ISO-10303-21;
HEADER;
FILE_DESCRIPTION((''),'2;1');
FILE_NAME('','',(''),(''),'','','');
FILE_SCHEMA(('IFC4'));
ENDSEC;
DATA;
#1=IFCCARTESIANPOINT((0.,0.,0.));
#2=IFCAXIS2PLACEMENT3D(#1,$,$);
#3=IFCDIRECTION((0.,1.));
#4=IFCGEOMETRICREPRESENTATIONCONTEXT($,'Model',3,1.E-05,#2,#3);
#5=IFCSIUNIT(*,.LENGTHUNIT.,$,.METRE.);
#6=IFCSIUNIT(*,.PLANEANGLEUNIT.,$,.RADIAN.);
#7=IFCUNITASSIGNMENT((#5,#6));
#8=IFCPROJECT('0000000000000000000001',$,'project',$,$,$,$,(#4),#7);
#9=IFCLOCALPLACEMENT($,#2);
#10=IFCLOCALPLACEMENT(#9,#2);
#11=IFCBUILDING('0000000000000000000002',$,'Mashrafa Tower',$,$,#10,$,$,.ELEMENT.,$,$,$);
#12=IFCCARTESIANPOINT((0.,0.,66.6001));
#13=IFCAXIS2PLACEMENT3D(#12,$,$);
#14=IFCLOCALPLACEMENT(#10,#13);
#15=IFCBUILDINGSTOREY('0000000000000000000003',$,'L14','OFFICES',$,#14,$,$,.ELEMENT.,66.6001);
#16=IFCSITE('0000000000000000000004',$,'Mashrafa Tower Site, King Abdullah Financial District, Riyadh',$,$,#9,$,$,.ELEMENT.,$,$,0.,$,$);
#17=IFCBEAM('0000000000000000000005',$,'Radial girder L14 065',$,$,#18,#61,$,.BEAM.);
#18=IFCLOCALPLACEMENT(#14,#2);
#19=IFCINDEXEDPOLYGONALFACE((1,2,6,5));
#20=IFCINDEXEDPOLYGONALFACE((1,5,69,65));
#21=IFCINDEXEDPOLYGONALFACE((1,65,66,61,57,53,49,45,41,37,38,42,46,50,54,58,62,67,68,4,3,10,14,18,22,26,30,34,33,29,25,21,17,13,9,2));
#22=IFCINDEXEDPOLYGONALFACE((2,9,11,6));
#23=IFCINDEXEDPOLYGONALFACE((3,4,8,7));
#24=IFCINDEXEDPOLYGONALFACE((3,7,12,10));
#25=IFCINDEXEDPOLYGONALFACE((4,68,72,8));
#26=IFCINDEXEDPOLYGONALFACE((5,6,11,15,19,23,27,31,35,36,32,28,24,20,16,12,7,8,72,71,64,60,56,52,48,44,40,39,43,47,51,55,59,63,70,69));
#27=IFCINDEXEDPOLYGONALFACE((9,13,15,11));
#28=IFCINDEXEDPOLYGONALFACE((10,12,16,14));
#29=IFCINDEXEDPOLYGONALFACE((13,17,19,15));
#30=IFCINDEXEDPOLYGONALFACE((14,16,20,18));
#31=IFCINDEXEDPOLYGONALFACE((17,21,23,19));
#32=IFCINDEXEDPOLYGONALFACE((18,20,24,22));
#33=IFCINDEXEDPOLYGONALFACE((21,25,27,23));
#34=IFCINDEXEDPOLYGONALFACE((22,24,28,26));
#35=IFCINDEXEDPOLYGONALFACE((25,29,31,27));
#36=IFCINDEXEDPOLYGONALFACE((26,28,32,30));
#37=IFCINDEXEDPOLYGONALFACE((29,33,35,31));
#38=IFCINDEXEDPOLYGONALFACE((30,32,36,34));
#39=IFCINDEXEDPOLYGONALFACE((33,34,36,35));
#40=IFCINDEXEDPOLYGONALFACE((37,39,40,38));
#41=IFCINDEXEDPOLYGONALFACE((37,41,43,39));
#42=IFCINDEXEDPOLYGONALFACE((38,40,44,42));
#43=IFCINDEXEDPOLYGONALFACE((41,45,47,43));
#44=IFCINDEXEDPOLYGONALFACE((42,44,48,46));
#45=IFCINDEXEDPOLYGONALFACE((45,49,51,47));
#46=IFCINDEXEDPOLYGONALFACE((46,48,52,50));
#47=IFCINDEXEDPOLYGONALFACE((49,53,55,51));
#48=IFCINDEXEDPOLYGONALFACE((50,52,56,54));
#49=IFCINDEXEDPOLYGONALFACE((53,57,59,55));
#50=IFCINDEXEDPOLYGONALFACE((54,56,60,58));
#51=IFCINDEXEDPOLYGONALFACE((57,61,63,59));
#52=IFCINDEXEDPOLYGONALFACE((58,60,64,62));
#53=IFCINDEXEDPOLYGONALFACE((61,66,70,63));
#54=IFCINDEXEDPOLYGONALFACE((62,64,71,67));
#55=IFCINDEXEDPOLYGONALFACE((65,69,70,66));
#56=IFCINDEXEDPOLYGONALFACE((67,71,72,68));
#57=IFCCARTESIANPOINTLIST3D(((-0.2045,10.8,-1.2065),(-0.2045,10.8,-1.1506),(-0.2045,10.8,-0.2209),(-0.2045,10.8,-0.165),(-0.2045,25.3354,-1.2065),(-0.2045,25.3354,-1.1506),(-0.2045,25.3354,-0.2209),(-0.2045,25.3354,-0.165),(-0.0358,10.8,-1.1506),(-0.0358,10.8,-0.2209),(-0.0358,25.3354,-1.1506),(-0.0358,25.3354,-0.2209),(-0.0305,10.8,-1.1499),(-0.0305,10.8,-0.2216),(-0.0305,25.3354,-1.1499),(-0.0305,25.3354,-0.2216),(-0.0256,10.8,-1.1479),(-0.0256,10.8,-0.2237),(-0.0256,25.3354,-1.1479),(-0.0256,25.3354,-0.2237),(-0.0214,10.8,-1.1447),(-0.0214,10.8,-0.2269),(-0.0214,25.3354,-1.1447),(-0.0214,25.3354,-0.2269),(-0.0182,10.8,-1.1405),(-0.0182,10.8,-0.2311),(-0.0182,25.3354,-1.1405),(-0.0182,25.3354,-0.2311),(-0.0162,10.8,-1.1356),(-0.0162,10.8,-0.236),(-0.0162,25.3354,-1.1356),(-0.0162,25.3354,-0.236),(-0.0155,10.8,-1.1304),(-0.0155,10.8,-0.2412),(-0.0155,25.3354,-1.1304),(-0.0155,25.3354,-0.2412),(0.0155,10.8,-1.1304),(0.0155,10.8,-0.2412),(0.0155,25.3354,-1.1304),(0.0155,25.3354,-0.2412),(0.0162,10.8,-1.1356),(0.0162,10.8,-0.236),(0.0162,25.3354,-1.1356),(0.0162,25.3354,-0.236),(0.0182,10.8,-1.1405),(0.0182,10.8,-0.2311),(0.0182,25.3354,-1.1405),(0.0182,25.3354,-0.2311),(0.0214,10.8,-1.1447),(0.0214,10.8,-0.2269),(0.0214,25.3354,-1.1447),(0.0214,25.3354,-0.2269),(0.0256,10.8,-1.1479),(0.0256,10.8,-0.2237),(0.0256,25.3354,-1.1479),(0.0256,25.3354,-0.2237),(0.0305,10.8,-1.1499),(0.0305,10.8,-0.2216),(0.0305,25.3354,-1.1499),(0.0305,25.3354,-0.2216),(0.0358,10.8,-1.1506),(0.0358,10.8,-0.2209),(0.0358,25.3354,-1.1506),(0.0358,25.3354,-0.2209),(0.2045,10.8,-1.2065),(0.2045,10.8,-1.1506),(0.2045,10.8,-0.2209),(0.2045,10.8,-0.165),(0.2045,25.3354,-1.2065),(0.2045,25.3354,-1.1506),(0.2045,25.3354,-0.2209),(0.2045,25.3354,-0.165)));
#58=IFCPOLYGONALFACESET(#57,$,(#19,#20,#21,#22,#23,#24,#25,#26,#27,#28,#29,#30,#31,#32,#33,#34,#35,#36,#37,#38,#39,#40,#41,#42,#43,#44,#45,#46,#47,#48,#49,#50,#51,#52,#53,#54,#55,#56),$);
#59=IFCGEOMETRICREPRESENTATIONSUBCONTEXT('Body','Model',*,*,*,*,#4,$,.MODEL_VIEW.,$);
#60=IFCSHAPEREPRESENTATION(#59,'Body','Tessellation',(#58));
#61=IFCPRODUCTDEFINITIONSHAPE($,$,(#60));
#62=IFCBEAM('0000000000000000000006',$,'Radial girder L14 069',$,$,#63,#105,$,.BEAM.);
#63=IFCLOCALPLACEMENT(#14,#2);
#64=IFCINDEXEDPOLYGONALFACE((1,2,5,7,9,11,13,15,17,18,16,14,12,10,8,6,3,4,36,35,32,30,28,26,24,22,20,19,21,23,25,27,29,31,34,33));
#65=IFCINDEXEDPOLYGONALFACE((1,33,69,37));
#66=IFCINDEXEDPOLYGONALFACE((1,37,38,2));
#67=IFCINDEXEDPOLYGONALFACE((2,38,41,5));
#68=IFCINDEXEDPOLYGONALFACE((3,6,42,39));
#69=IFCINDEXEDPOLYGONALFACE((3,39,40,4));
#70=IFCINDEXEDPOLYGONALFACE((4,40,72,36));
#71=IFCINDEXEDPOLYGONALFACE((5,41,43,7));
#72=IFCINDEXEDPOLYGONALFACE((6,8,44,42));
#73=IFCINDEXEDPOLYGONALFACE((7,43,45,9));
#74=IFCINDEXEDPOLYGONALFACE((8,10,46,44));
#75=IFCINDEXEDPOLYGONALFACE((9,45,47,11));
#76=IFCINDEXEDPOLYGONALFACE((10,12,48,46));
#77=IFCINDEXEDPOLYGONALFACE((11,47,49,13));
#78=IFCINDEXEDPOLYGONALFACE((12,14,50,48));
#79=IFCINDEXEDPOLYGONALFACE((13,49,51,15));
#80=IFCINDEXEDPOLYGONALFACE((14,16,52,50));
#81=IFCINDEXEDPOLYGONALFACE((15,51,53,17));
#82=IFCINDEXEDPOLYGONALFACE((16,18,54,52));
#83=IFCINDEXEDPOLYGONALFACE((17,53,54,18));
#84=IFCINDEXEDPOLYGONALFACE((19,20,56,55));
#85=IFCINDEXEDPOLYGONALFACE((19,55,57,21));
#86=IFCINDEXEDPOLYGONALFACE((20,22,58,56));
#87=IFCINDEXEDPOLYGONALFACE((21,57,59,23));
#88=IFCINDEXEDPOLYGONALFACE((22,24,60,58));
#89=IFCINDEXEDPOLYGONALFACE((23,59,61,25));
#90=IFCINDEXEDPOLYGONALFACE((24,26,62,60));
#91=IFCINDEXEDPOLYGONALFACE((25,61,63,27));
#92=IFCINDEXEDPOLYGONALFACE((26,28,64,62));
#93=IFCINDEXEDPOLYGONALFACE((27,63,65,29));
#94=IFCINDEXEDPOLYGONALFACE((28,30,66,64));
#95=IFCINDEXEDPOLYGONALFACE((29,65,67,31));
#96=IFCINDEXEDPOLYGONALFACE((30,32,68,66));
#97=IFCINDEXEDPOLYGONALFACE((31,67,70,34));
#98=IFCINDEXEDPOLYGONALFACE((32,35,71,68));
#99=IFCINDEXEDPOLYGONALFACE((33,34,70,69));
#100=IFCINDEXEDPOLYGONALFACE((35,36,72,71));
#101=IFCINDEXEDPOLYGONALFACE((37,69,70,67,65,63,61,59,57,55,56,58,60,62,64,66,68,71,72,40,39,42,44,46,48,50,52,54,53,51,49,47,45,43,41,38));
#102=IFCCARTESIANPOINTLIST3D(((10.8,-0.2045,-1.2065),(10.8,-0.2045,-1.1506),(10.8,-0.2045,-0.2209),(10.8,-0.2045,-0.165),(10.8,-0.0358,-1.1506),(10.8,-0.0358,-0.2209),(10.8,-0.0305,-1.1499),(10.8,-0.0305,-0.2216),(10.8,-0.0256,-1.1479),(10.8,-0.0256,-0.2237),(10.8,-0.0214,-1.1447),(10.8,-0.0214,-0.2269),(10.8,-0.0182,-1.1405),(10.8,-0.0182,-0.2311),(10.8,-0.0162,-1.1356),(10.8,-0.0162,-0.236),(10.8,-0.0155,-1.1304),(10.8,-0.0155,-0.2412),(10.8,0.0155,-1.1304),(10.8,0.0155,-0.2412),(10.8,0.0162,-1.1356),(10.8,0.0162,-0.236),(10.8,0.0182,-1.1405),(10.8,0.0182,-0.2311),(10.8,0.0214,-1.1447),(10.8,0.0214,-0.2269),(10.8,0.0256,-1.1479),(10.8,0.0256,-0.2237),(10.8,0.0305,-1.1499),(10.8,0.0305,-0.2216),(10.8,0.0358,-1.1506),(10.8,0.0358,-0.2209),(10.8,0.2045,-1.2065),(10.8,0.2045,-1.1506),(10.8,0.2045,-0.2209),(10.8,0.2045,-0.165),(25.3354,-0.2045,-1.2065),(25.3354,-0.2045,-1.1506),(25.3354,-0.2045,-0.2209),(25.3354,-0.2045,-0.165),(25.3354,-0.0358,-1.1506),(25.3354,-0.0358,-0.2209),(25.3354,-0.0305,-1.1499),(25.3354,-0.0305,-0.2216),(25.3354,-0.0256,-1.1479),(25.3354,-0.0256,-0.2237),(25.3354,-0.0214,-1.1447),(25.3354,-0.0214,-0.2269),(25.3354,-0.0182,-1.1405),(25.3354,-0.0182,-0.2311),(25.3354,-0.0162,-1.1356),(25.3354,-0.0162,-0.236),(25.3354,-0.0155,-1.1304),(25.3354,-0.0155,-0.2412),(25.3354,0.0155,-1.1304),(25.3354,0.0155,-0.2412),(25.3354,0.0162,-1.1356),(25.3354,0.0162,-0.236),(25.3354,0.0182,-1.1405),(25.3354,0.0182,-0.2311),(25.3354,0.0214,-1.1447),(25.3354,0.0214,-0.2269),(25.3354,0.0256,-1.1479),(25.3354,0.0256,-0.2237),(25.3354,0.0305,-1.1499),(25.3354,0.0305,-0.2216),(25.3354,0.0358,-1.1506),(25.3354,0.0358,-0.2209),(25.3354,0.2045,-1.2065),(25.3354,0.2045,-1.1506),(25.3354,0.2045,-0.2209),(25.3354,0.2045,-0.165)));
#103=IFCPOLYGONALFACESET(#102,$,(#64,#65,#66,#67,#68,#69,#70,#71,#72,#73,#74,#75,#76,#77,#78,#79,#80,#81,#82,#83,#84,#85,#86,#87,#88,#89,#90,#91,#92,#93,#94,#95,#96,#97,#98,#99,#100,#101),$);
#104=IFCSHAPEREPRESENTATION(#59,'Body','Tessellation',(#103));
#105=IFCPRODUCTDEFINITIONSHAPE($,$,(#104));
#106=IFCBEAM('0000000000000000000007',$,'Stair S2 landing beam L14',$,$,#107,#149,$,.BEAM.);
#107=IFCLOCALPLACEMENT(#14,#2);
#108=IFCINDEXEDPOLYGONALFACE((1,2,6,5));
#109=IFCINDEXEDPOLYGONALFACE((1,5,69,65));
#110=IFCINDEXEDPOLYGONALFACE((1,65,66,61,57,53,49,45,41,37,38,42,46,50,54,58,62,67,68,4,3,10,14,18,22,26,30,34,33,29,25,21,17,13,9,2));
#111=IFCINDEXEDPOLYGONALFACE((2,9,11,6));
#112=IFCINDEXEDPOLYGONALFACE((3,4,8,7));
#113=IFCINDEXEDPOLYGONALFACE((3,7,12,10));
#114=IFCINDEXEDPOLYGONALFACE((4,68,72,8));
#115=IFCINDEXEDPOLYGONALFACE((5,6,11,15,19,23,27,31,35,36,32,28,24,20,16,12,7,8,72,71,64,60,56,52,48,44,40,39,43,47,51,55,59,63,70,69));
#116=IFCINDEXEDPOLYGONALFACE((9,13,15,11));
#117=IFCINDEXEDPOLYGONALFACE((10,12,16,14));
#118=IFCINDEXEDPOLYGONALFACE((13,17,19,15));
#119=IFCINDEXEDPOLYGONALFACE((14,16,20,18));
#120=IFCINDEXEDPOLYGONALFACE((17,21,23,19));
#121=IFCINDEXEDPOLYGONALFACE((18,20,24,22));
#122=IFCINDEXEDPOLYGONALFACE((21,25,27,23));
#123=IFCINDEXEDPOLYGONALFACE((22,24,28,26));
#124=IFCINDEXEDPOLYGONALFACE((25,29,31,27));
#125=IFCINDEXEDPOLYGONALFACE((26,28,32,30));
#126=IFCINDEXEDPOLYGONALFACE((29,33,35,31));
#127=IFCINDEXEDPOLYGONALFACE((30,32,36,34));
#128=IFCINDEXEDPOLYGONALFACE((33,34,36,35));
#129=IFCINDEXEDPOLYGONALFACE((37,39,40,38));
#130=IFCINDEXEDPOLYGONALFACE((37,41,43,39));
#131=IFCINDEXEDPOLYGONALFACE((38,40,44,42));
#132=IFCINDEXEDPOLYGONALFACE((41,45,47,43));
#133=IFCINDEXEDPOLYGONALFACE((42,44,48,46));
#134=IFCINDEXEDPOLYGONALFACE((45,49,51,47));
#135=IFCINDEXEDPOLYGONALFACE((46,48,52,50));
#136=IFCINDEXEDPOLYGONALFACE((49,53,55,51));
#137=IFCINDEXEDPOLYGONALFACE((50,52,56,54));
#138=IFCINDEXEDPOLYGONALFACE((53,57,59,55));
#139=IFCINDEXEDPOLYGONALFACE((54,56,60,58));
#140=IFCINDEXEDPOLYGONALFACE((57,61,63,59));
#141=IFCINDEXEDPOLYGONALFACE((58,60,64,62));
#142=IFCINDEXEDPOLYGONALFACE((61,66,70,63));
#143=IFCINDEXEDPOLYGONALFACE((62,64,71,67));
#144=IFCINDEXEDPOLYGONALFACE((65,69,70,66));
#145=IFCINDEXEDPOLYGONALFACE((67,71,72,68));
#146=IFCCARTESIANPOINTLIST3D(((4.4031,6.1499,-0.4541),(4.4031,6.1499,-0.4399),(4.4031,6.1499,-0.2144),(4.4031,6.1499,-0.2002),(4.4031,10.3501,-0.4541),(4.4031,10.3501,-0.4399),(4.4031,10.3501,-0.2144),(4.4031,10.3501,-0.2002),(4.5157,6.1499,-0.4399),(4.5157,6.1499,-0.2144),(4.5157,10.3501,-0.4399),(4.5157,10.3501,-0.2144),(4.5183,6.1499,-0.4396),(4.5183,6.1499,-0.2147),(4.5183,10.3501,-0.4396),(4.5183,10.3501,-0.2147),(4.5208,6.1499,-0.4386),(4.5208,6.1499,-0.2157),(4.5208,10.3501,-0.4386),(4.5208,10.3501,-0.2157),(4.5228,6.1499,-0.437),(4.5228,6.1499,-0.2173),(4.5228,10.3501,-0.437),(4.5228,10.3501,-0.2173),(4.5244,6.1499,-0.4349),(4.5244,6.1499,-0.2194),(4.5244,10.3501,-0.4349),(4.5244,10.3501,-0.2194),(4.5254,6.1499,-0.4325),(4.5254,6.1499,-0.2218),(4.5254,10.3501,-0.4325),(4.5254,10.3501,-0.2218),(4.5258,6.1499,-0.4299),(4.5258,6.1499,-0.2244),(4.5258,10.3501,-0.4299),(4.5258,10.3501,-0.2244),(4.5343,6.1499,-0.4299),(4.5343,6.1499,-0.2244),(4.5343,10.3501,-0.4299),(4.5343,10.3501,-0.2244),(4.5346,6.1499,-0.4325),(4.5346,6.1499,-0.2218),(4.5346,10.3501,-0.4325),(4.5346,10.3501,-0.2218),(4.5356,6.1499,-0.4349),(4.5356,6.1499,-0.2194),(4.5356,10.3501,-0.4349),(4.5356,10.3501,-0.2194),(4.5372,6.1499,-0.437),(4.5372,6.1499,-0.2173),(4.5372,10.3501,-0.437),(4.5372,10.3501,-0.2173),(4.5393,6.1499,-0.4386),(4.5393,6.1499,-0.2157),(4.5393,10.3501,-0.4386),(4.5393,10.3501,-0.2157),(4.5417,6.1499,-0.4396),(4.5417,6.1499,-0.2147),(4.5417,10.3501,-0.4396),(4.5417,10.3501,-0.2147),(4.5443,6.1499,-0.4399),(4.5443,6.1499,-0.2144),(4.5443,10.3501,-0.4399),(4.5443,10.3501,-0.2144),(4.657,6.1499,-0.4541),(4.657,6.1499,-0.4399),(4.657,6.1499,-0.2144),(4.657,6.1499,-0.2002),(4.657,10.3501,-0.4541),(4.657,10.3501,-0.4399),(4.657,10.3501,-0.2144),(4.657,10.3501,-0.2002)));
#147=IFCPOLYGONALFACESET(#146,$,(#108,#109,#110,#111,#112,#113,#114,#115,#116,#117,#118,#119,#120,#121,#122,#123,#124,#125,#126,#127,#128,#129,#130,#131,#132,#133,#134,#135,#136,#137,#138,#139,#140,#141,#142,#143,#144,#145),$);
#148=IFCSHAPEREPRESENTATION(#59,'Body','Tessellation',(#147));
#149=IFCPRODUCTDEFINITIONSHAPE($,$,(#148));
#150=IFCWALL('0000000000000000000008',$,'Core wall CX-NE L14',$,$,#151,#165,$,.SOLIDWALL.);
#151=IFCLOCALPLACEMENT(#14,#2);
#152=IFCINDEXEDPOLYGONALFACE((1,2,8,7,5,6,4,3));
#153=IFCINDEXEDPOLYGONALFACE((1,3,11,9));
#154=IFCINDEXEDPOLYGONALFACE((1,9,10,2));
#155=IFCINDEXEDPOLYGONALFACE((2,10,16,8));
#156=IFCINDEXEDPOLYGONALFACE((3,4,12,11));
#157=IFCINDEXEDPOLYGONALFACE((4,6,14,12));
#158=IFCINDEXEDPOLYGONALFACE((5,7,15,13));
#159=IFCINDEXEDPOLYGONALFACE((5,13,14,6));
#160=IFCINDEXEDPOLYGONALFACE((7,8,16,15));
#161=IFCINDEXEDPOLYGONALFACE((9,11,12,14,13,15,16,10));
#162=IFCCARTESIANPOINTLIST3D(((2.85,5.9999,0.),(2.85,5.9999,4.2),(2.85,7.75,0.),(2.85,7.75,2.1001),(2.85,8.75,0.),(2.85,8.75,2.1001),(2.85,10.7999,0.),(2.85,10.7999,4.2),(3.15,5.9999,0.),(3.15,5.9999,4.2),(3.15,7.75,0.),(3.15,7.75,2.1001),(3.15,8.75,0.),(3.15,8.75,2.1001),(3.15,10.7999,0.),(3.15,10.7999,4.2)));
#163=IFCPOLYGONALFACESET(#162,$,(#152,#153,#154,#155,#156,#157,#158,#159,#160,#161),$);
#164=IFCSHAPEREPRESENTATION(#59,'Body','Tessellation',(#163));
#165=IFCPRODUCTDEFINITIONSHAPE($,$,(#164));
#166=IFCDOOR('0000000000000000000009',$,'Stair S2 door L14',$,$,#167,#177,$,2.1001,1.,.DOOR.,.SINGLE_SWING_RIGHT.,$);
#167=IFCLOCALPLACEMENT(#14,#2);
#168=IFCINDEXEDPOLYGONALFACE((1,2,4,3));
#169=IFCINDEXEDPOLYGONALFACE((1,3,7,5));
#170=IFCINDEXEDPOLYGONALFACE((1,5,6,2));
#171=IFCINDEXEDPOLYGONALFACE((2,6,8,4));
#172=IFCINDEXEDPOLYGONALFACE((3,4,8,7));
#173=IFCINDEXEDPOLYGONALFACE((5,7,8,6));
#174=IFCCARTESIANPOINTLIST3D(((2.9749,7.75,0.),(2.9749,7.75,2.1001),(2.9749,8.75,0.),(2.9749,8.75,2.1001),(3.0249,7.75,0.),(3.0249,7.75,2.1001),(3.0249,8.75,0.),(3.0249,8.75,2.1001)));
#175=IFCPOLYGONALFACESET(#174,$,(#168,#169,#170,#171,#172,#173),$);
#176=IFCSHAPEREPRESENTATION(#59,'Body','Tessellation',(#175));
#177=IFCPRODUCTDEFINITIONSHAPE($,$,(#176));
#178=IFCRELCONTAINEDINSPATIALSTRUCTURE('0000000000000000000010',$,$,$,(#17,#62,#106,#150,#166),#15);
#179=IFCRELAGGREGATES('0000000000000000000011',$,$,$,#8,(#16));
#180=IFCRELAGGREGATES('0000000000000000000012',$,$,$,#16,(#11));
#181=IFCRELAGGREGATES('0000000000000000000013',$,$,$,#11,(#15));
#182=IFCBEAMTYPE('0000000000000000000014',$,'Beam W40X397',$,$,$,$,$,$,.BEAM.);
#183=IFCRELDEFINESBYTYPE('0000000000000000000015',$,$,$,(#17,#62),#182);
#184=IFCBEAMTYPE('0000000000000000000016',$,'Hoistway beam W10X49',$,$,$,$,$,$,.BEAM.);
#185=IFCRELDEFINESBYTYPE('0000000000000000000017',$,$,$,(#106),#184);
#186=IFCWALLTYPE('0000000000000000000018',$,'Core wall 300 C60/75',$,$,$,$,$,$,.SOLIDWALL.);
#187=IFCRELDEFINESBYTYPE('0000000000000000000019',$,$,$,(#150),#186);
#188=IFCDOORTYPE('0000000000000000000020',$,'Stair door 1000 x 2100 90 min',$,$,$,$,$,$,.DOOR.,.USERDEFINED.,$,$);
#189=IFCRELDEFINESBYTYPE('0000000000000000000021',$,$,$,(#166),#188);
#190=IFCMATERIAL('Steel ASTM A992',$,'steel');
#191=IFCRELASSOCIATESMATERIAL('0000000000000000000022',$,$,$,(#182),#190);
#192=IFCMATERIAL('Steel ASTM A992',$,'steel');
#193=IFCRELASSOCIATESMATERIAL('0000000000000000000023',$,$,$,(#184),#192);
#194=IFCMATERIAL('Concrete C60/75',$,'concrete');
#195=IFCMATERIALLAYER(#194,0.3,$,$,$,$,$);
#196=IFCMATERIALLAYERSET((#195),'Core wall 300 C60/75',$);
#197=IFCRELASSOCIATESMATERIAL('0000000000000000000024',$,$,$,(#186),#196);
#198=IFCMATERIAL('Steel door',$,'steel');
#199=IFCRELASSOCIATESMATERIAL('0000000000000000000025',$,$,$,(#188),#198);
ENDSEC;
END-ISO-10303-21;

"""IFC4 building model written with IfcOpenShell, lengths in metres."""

from ifc_helpers import new_model, si_unit, direction, frame, frame_2d, origin, origin_2d, place, context, subcontext, project, spatial, rectangle, i_section, extrude, material, layer, layer_set, material_profile, profile_set, type_object, element, fill, save


model = new_model("IFC4")

# Units and contexts
model_context = context("Model", 3, precision=1e-05, world=origin(), true_north=direction((0.0, 1.0)))
body_context = subcontext(model_context, "Body", "Model", "MODEL_VIEW")
ifc_project = project(units=[si_unit("LENGTHUNIT", "METRE"), si_unit("PLANEANGLEUNIT", "RADIAN")], contexts=[model_context])

# Site, building, storey
site_placement = place(None, origin())
site = spatial("IfcSite", under=ifc_project, at=site_placement, Name="Mashrafa Tower Site, King Abdullah Financial District, Riyadh", CompositionType="ELEMENT", RefElevation=0.0)
building_placement = place(site_placement, origin())
building = spatial("IfcBuilding", under=site, at=building_placement, Name="Mashrafa Tower", CompositionType="ELEMENT")
storey_placement = place(building_placement, frame((0.0, 0.0, 66.6001)))
storey = spatial("IfcBuildingStorey", under=building, at=storey_placement, Name="L14", Description="OFFICES", CompositionType="ELEMENT", Elevation=66.6001)

# Beams
ifc_material_1 = material(Name="Steel ASTM A992", Category="steel")
ifc_material_profile_1 = material_profile(ifc_material_1, i_section(OverallWidth=0.4089, OverallDepth=1.0415, WebThickness=0.031, FlangeThickness=0.0559, FilletRadius=0.0203, at=origin_2d()), Name="W40X397")
ifc_profile_set_1 = profile_set([ifc_material_profile_1], Name="Steel ASTM A992")
beam_type_1 = type_object("IfcBeamType", Name="Beam W40X397", PredefinedType="BEAM", material=ifc_profile_set_1)
for number, where, z_axis, x_axis, name in (
    (1, (0.0, 10.8, -0.6858), (0.0, 1.0, 0.0), (-1.0, 0.0, 0.0), "Radial girder L14 065"),
    (2, (10.8, 0.0, -0.6858), (1.0, 0.0, 0.0), (0.0, 1.0, 0.0), "Radial girder L14 069"),
):
    element("IfcBeam", number, at=place(storey_placement, frame(where, z_axis=z_axis, x_axis=x_axis)), inside=storey, type_object=beam_type_1, Name=name, PredefinedType="BEAM", context=body_context, shape_type="SweptSolid", body=[
        extrude(i_section(OverallWidth=0.4089, OverallDepth=1.0415, WebThickness=0.031, FlangeThickness=0.0559, FilletRadius=0.0203, at=origin_2d()), origin(), (0.0, 0.0, 1.0), 14.5354),
    ])
ifc_material_2 = material(Name="Steel ASTM A992", Category="steel")
ifc_material_profile_2 = material_profile(ifc_material_2, i_section(OverallWidth=0.2539, OverallDepth=0.2539, WebThickness=0.0085, FlangeThickness=0.0142, FilletRadius=0.01, at=origin_2d()), Name="W10X49")
ifc_profile_set_2 = profile_set([ifc_material_profile_2], Name="Steel ASTM A992")
beam_type_2 = type_object("IfcBeamType", Name="Hoistway beam W10X49", PredefinedType="BEAM", material=ifc_profile_set_2)
beam_1_placement = place(storey_placement, frame((4.53, 6.1499, -0.3271), z_axis=(0.0, 1.0, 0.0), x_axis=(-1.0, 0.0, 0.0)))
element("IfcBeam", 3, at=beam_1_placement, inside=storey, type_object=beam_type_2, Name="Stair S2 landing beam L14", PredefinedType="BEAM", context=body_context, shape_type="SweptSolid", body=[
    extrude(i_section(OverallWidth=0.2539, OverallDepth=0.2539, WebThickness=0.0085, FlangeThickness=0.0142, FilletRadius=0.01, at=origin_2d()), origin(), (0.0, 0.0, 1.0), 4.2002),
])

# Wall, opening, door
ifc_material_3 = material(Name="Concrete C60/75", Category="concrete")
ifc_layer_1 = layer(ifc_material_3, 0.3)
ifc_layer_set_1 = layer_set([ifc_layer_1], Name="Core wall 300 C60/75")
wall_type_1 = type_object("IfcWallType", Name="Core wall 300 C60/75", PredefinedType="SOLIDWALL", material=ifc_layer_set_1)
wall_1_placement = place(storey_placement, frame((3.0, 6.0, 0.0), z_axis=(0.0, 0.0, 1.0), x_axis=(0.0, 1.0, 0.0)))
wall_1 = element("IfcWall", 4, at=wall_1_placement, inside=storey, type_object=wall_type_1, Name="Core wall CX-NE L14", PredefinedType="SOLIDWALL", context=body_context, shape_type="SweptSolid", body=[
    extrude(rectangle(XDim=4.8, YDim=0.3, at=frame_2d((2.3999, 0.0))), origin(), (0.0, 0.0, 1.0), 4.2),
])
opening_1_placement = place(wall_1_placement, frame((1.75, 0.0, 0.0)))
opening_1 = element("IfcOpeningElement", 5, at=opening_1_placement, cuts=wall_1, PredefinedType="OPENING", context=body_context, shape_type="SweptSolid", body=[
    extrude(rectangle(XDim=1.0, YDim=2.1001, at=frame_2d((0.5, 1.05))), frame((0.0, 0.1599, 0.0), z_axis=(0.0, -1.0, 0.0), x_axis=(1.0, 0.0, 0.0)), (0.0, 0.0, 1.0), 0.3201),
])
ifc_material_4 = material(Name="Steel door", Category="steel")
door_type_1 = type_object("IfcDoorType", Name="Stair door 1000 x 2100 90 min", OperationType="USERDEFINED", PredefinedType="DOOR", material=ifc_material_4)
door_1_placement = place(opening_1_placement, frame((1.0, 0.0, 0.0), z_axis=(0.0, 0.0, 1.0), x_axis=(-1.0, 0.0, 0.0)))
door_1 = element("IfcDoor", 6, at=door_1_placement, inside=storey, type_object=door_type_1, Name="Stair S2 door L14", OperationType="SINGLE_SWING_RIGHT", OverallHeight=2.1001, OverallWidth=1.0, PredefinedType="DOOR", context=body_context, shape_type="SweptSolid", body=[
    extrude(rectangle(XDim=1.0, YDim=2.1001, at=frame_2d((0.5, 1.05))), frame((0.0, 0.0249, 0.0), z_axis=(0.0, -1.0, 0.0), x_axis=(1.0, 0.0, 0.0)), (0.0, 0.0, 1.0), 0.05),
])
fill(opening_1, door_1)

save(model, "model.ifc")
